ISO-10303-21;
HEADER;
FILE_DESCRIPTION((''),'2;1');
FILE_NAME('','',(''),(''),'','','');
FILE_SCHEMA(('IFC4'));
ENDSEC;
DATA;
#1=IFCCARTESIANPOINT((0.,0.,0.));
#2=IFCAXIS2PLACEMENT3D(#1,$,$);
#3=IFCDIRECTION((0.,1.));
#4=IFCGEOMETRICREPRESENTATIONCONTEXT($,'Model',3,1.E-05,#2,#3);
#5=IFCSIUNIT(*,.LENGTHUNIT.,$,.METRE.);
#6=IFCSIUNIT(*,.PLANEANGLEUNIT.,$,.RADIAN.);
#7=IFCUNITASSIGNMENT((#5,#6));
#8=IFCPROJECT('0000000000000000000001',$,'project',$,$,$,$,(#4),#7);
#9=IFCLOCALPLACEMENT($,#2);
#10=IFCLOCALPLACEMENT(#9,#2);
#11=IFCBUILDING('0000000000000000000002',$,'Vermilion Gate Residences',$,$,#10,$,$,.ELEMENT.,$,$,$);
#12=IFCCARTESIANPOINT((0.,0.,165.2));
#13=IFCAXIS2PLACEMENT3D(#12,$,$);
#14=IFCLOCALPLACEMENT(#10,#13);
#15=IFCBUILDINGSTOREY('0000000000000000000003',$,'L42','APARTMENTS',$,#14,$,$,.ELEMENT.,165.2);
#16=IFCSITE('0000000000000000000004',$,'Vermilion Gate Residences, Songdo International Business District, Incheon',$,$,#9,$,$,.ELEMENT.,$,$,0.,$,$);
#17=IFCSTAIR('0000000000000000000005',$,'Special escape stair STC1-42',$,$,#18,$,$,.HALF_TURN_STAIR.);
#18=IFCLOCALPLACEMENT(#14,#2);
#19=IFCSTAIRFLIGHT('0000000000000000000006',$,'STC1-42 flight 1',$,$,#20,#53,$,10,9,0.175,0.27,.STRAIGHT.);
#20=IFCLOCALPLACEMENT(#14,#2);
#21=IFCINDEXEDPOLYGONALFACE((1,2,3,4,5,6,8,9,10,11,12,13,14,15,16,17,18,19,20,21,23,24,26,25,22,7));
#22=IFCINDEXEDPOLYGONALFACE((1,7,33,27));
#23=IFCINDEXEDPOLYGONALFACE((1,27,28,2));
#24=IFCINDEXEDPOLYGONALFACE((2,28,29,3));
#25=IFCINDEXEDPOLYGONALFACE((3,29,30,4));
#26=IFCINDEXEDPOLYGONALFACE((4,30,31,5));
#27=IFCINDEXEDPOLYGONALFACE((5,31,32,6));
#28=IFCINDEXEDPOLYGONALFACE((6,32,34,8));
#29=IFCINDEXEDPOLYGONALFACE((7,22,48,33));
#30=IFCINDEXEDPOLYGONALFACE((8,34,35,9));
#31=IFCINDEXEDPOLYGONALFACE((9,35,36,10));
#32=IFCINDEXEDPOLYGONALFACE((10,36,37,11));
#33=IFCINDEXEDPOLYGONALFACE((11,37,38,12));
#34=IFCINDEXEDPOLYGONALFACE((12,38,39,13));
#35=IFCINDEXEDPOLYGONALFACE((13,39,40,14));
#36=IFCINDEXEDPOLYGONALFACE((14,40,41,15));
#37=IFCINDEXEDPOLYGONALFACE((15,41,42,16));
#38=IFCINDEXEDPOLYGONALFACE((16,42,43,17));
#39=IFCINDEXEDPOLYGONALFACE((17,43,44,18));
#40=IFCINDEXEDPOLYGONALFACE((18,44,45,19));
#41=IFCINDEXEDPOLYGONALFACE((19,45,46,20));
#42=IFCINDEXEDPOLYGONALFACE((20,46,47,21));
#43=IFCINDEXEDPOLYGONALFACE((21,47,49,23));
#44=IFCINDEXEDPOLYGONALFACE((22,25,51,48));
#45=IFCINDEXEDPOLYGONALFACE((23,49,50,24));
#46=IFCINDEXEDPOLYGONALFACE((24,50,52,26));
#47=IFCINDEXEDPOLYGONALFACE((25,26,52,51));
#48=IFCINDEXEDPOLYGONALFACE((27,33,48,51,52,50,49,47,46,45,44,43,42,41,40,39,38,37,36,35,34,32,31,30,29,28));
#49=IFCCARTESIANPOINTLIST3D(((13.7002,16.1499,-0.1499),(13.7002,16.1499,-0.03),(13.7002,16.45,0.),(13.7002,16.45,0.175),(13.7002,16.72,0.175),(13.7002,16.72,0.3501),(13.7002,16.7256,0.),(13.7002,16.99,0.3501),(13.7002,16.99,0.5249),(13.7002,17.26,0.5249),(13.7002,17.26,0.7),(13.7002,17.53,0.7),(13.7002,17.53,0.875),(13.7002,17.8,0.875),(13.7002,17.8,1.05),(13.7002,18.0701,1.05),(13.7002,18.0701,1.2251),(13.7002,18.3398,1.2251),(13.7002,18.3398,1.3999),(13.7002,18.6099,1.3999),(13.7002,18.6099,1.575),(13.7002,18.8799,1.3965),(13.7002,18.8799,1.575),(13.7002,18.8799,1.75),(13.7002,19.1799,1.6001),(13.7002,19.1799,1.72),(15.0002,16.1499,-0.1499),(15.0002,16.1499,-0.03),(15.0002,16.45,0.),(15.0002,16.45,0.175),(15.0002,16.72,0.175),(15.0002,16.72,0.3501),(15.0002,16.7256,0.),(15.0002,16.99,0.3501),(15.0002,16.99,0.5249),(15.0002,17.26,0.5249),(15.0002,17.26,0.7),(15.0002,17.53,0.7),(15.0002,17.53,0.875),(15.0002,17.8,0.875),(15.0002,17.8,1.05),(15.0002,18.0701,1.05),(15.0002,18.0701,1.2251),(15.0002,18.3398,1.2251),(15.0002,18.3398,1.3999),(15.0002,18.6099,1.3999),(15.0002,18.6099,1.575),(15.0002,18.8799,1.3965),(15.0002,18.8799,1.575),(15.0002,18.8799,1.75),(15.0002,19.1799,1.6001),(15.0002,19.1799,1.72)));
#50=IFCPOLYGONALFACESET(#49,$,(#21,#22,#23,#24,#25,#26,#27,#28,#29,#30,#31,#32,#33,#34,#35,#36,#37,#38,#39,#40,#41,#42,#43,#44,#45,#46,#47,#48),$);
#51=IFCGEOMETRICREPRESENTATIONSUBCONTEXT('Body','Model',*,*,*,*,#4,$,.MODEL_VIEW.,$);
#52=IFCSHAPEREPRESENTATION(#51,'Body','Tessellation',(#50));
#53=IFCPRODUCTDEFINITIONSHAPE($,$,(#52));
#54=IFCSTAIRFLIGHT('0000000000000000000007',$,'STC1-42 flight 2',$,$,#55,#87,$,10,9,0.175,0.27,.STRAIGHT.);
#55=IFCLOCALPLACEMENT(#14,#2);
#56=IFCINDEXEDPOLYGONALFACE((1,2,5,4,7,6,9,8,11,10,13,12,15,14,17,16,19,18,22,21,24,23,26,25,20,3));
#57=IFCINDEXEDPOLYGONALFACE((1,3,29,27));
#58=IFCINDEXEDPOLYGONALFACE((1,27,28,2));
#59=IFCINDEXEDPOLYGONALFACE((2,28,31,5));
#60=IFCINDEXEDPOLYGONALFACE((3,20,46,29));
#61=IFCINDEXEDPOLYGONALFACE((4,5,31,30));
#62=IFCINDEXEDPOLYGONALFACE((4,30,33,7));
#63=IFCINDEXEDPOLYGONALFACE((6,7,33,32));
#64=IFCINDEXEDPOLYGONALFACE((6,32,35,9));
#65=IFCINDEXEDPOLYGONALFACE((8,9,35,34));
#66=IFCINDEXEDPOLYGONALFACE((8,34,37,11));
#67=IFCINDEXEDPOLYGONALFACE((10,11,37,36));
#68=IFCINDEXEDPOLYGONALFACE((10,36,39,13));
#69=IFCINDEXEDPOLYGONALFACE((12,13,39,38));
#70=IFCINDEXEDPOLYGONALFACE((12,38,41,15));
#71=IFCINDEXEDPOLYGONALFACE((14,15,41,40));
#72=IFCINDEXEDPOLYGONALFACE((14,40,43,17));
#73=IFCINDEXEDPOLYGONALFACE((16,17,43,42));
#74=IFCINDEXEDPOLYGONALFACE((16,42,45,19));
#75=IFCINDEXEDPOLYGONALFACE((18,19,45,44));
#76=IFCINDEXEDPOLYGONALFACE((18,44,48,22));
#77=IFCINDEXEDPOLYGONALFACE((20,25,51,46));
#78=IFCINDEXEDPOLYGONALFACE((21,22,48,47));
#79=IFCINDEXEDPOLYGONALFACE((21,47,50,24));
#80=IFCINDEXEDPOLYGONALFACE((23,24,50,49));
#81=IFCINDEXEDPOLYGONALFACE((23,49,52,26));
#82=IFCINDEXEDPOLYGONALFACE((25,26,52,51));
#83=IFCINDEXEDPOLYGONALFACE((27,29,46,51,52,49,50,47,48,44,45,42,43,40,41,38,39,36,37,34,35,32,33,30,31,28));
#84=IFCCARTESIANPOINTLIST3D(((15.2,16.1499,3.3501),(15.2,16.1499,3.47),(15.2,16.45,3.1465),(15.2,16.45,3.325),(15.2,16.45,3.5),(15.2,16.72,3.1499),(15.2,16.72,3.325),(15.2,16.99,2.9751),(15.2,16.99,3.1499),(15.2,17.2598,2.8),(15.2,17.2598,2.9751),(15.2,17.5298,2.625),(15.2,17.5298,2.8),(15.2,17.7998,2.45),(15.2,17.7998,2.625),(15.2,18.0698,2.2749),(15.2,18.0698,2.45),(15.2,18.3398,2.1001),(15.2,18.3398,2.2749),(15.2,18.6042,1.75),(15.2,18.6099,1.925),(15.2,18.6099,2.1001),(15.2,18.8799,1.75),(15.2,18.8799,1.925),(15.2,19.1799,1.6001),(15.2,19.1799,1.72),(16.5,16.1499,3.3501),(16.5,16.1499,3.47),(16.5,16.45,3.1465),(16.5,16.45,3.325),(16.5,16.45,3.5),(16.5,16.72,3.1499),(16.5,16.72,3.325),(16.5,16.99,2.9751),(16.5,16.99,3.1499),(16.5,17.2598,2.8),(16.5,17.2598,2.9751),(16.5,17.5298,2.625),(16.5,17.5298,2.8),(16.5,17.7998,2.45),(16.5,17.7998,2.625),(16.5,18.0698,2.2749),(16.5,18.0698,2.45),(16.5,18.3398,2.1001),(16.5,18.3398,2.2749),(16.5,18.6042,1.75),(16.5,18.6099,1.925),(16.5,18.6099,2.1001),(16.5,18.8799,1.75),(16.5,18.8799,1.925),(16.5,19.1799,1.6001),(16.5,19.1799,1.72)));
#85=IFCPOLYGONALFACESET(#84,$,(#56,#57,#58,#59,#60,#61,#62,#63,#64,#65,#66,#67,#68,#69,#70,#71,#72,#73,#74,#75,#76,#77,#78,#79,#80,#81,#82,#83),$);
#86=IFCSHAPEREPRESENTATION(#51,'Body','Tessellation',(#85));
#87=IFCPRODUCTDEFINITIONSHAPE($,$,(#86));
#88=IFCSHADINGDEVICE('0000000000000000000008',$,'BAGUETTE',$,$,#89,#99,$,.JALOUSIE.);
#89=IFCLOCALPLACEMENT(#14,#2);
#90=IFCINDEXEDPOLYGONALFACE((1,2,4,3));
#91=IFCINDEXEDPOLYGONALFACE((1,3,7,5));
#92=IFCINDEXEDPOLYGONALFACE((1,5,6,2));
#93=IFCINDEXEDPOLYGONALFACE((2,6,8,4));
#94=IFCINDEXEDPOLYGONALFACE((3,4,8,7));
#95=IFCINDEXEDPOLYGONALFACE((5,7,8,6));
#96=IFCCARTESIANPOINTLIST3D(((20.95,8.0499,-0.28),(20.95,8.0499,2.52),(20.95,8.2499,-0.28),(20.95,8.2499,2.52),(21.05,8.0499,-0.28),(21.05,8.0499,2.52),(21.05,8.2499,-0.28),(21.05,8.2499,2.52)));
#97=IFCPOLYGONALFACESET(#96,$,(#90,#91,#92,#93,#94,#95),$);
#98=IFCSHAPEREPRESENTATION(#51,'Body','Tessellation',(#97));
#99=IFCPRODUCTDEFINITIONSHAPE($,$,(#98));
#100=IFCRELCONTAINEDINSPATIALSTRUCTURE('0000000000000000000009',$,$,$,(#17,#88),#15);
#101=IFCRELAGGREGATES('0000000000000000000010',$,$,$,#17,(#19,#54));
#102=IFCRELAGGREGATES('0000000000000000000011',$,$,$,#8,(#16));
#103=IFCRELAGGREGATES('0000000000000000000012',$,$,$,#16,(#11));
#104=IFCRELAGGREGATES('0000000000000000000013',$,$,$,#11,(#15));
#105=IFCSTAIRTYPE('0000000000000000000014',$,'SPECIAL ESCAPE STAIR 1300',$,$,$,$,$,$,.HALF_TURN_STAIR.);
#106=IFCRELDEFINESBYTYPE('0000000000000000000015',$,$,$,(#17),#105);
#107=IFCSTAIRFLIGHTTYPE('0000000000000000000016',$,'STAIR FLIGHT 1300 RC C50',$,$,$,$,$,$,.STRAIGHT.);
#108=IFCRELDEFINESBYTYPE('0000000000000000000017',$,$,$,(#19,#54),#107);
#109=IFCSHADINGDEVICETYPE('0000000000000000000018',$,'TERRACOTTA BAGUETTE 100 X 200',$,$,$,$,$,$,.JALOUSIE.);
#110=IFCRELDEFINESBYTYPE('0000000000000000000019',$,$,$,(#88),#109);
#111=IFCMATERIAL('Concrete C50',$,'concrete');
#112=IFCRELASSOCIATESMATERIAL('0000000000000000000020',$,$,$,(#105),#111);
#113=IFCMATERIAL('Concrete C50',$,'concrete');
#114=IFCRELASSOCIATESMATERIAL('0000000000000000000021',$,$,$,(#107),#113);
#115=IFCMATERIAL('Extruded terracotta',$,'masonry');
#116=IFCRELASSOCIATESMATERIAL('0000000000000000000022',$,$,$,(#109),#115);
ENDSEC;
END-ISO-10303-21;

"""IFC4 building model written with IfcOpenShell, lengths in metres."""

from ifc_helpers import new_model, si_unit, direction, frame, origin, origin_2d, place, context, subcontext, project, spatial, polyline, rectangle, outline, extrude, material, material_profile, profile_set, type_object, element, aggregate, save


model = new_model("IFC4")

# Units and contexts
model_context = context("Model", 3, precision=1e-05, world=origin(), true_north=direction((0.0, 1.0)))
body_context = subcontext(model_context, "Body", "Model", "MODEL_VIEW")
ifc_project = project(units=[si_unit("LENGTHUNIT", "METRE"), si_unit("PLANEANGLEUNIT", "RADIAN")], contexts=[model_context])

# Site, building, storey
site_placement = place(None, origin())
site = spatial("IfcSite", under=ifc_project, at=site_placement, Name="Vermilion Gate Residences, Songdo International Business District, Incheon", CompositionType="ELEMENT", RefElevation=0.0)
building_placement = place(site_placement, origin())
building = spatial("IfcBuilding", under=site, at=building_placement, Name="Vermilion Gate Residences", CompositionType="ELEMENT")
storey_placement = place(building_placement, frame((0.0, 0.0, 165.2)))
storey = spatial("IfcBuildingStorey", under=building, at=storey_placement, Name="L42", Description="APARTMENTS", CompositionType="ELEMENT", Elevation=165.2)

# Stair, stair flights
ifc_material_1 = material(Name="Concrete C50", Category="concrete")
stair_type = type_object("IfcStairType", Name="SPECIAL ESCAPE STAIR 1300", PredefinedType="HALF_TURN_STAIR", material=ifc_material_1)
stair_placement = place(storey_placement, origin())
stair = element("IfcStair", 1, at=stair_placement, inside=storey, type_object=stair_type, Name="Special escape stair STC1-42", PredefinedType="HALF_TURN_STAIR")
ifc_material_2 = material(Name="Concrete C50", Category="concrete")
stair_flight_type = type_object("IfcStairFlightType", Name="STAIR FLIGHT 1300 RC C50", PredefinedType="STRAIGHT", material=ifc_material_2)
stair_flight_1_placement = place(storey_placement, frame((14.3501, 16.45, 0.0), z_axis=(0.0, 0.0, 1.0), x_axis=(0.0, 1.0, 0.0)))
stair_flight_1 = element("IfcStairFlight", 2, at=stair_flight_1_placement, type_object=stair_flight_type, Name="STC1-42 flight 1", NumberOfRisers=10, NumberOfTreads=9, PredefinedType="STRAIGHT", RiserHeight=0.175, TreadLength=0.27, context=body_context, shape_type="SweptSolid", body=[
    extrude(outline(polyline([(-0.3, -0.1499), (-0.3, -0.03), (0.0, 0.0), (0.0, 0.175), (0.27, 0.175), (0.27, 0.3501), (0.54, 0.3501), (0.54, 0.5249), (0.8101, 0.5249), (0.8101, 0.7), (1.0801, 0.7), (1.0801, 0.875), (1.3501, 0.875), (1.3501, 1.05), (1.6201, 1.05), (1.6201, 1.2251), (1.8899, 1.2251), (1.8899, 1.3999), (2.1599, 1.3999), (2.1599, 1.575), (2.4299, 1.575), (2.4299, 1.75), (2.73, 1.72), (2.73, 1.6001), (2.4299, 1.3965), (0.2756, 0.0), (-0.3, -0.1499)])), frame((0.0, 0.6499, 0.0), z_axis=(0.0, -1.0, 0.0), x_axis=(1.0, 0.0, 0.0)), (0.0, 0.0, 1.0), 1.3),
])
stair_flight_2_placement = place(storey_placement, frame((15.8501, 18.8799, 1.75), z_axis=(0.0, 0.0, 1.0), x_axis=(0.0, -1.0, 0.0)))
stair_flight_2 = element("IfcStairFlight", 3, at=stair_flight_2_placement, type_object=stair_flight_type, Name="STC1-42 flight 2", NumberOfRisers=10, NumberOfTreads=9, PredefinedType="STRAIGHT", RiserHeight=0.175, TreadLength=0.27, context=body_context, shape_type="SweptSolid", body=[
    extrude(outline(polyline([(-0.3, -0.1499), (-0.3, -0.03), (0.0, 0.0), (0.0, 0.175), (0.27, 0.175), (0.27, 0.3501), (0.54, 0.3501), (0.54, 0.5249), (0.8101, 0.5249), (0.8101, 0.7), (1.0801, 0.7), (1.0801, 0.875), (1.3501, 0.875), (1.3501, 1.05), (1.6201, 1.05), (1.6201, 1.2251), (1.8899, 1.2251), (1.8899, 1.3999), (2.1599, 1.3999), (2.1599, 1.575), (2.4299, 1.575), (2.4299, 1.75), (2.73, 1.72), (2.73, 1.6001), (2.4299, 1.3965), (0.2756, 0.0), (-0.3, -0.1499)])), frame((0.0, 0.6499, 0.0), z_axis=(0.0, -1.0, 0.0), x_axis=(1.0, 0.0, 0.0)), (0.0, 0.0, 1.0), 1.3),
])
aggregate(stair, [stair_flight_1, stair_flight_2])

# Shading device
ifc_material_3 = material(Name="Extruded terracotta", Category="masonry")
ifc_material_profile_1 = material_profile(ifc_material_3, rectangle(XDim=0.2, YDim=0.1001, at=origin_2d()), Name="BAGUETTE 100 X 200")
ifc_profile_set_1 = profile_set([ifc_material_profile_1], Name="Extruded terracotta")
shading_device_type = type_object("IfcShadingDeviceType", Name="TERRACOTTA BAGUETTE 100 X 200", PredefinedType="JALOUSIE", material=ifc_profile_set_1)
shading_device_placement = place(storey_placement, frame((21.0, 8.1499, -0.28), z_axis=(0.0, 0.0, 1.0), x_axis=(0.0, 1.0, 0.0)))
element("IfcShadingDevice", 4, at=shading_device_placement, inside=storey, type_object=shading_device_type, Name="BAGUETTE", PredefinedType="JALOUSIE", context=body_context, shape_type="SweptSolid", body=[
    extrude(rectangle(XDim=0.2, YDim=0.1001, at=origin_2d()), origin(), (0.0, 0.0, 1.0), 2.8),
])

save(model, "model.ifc")
